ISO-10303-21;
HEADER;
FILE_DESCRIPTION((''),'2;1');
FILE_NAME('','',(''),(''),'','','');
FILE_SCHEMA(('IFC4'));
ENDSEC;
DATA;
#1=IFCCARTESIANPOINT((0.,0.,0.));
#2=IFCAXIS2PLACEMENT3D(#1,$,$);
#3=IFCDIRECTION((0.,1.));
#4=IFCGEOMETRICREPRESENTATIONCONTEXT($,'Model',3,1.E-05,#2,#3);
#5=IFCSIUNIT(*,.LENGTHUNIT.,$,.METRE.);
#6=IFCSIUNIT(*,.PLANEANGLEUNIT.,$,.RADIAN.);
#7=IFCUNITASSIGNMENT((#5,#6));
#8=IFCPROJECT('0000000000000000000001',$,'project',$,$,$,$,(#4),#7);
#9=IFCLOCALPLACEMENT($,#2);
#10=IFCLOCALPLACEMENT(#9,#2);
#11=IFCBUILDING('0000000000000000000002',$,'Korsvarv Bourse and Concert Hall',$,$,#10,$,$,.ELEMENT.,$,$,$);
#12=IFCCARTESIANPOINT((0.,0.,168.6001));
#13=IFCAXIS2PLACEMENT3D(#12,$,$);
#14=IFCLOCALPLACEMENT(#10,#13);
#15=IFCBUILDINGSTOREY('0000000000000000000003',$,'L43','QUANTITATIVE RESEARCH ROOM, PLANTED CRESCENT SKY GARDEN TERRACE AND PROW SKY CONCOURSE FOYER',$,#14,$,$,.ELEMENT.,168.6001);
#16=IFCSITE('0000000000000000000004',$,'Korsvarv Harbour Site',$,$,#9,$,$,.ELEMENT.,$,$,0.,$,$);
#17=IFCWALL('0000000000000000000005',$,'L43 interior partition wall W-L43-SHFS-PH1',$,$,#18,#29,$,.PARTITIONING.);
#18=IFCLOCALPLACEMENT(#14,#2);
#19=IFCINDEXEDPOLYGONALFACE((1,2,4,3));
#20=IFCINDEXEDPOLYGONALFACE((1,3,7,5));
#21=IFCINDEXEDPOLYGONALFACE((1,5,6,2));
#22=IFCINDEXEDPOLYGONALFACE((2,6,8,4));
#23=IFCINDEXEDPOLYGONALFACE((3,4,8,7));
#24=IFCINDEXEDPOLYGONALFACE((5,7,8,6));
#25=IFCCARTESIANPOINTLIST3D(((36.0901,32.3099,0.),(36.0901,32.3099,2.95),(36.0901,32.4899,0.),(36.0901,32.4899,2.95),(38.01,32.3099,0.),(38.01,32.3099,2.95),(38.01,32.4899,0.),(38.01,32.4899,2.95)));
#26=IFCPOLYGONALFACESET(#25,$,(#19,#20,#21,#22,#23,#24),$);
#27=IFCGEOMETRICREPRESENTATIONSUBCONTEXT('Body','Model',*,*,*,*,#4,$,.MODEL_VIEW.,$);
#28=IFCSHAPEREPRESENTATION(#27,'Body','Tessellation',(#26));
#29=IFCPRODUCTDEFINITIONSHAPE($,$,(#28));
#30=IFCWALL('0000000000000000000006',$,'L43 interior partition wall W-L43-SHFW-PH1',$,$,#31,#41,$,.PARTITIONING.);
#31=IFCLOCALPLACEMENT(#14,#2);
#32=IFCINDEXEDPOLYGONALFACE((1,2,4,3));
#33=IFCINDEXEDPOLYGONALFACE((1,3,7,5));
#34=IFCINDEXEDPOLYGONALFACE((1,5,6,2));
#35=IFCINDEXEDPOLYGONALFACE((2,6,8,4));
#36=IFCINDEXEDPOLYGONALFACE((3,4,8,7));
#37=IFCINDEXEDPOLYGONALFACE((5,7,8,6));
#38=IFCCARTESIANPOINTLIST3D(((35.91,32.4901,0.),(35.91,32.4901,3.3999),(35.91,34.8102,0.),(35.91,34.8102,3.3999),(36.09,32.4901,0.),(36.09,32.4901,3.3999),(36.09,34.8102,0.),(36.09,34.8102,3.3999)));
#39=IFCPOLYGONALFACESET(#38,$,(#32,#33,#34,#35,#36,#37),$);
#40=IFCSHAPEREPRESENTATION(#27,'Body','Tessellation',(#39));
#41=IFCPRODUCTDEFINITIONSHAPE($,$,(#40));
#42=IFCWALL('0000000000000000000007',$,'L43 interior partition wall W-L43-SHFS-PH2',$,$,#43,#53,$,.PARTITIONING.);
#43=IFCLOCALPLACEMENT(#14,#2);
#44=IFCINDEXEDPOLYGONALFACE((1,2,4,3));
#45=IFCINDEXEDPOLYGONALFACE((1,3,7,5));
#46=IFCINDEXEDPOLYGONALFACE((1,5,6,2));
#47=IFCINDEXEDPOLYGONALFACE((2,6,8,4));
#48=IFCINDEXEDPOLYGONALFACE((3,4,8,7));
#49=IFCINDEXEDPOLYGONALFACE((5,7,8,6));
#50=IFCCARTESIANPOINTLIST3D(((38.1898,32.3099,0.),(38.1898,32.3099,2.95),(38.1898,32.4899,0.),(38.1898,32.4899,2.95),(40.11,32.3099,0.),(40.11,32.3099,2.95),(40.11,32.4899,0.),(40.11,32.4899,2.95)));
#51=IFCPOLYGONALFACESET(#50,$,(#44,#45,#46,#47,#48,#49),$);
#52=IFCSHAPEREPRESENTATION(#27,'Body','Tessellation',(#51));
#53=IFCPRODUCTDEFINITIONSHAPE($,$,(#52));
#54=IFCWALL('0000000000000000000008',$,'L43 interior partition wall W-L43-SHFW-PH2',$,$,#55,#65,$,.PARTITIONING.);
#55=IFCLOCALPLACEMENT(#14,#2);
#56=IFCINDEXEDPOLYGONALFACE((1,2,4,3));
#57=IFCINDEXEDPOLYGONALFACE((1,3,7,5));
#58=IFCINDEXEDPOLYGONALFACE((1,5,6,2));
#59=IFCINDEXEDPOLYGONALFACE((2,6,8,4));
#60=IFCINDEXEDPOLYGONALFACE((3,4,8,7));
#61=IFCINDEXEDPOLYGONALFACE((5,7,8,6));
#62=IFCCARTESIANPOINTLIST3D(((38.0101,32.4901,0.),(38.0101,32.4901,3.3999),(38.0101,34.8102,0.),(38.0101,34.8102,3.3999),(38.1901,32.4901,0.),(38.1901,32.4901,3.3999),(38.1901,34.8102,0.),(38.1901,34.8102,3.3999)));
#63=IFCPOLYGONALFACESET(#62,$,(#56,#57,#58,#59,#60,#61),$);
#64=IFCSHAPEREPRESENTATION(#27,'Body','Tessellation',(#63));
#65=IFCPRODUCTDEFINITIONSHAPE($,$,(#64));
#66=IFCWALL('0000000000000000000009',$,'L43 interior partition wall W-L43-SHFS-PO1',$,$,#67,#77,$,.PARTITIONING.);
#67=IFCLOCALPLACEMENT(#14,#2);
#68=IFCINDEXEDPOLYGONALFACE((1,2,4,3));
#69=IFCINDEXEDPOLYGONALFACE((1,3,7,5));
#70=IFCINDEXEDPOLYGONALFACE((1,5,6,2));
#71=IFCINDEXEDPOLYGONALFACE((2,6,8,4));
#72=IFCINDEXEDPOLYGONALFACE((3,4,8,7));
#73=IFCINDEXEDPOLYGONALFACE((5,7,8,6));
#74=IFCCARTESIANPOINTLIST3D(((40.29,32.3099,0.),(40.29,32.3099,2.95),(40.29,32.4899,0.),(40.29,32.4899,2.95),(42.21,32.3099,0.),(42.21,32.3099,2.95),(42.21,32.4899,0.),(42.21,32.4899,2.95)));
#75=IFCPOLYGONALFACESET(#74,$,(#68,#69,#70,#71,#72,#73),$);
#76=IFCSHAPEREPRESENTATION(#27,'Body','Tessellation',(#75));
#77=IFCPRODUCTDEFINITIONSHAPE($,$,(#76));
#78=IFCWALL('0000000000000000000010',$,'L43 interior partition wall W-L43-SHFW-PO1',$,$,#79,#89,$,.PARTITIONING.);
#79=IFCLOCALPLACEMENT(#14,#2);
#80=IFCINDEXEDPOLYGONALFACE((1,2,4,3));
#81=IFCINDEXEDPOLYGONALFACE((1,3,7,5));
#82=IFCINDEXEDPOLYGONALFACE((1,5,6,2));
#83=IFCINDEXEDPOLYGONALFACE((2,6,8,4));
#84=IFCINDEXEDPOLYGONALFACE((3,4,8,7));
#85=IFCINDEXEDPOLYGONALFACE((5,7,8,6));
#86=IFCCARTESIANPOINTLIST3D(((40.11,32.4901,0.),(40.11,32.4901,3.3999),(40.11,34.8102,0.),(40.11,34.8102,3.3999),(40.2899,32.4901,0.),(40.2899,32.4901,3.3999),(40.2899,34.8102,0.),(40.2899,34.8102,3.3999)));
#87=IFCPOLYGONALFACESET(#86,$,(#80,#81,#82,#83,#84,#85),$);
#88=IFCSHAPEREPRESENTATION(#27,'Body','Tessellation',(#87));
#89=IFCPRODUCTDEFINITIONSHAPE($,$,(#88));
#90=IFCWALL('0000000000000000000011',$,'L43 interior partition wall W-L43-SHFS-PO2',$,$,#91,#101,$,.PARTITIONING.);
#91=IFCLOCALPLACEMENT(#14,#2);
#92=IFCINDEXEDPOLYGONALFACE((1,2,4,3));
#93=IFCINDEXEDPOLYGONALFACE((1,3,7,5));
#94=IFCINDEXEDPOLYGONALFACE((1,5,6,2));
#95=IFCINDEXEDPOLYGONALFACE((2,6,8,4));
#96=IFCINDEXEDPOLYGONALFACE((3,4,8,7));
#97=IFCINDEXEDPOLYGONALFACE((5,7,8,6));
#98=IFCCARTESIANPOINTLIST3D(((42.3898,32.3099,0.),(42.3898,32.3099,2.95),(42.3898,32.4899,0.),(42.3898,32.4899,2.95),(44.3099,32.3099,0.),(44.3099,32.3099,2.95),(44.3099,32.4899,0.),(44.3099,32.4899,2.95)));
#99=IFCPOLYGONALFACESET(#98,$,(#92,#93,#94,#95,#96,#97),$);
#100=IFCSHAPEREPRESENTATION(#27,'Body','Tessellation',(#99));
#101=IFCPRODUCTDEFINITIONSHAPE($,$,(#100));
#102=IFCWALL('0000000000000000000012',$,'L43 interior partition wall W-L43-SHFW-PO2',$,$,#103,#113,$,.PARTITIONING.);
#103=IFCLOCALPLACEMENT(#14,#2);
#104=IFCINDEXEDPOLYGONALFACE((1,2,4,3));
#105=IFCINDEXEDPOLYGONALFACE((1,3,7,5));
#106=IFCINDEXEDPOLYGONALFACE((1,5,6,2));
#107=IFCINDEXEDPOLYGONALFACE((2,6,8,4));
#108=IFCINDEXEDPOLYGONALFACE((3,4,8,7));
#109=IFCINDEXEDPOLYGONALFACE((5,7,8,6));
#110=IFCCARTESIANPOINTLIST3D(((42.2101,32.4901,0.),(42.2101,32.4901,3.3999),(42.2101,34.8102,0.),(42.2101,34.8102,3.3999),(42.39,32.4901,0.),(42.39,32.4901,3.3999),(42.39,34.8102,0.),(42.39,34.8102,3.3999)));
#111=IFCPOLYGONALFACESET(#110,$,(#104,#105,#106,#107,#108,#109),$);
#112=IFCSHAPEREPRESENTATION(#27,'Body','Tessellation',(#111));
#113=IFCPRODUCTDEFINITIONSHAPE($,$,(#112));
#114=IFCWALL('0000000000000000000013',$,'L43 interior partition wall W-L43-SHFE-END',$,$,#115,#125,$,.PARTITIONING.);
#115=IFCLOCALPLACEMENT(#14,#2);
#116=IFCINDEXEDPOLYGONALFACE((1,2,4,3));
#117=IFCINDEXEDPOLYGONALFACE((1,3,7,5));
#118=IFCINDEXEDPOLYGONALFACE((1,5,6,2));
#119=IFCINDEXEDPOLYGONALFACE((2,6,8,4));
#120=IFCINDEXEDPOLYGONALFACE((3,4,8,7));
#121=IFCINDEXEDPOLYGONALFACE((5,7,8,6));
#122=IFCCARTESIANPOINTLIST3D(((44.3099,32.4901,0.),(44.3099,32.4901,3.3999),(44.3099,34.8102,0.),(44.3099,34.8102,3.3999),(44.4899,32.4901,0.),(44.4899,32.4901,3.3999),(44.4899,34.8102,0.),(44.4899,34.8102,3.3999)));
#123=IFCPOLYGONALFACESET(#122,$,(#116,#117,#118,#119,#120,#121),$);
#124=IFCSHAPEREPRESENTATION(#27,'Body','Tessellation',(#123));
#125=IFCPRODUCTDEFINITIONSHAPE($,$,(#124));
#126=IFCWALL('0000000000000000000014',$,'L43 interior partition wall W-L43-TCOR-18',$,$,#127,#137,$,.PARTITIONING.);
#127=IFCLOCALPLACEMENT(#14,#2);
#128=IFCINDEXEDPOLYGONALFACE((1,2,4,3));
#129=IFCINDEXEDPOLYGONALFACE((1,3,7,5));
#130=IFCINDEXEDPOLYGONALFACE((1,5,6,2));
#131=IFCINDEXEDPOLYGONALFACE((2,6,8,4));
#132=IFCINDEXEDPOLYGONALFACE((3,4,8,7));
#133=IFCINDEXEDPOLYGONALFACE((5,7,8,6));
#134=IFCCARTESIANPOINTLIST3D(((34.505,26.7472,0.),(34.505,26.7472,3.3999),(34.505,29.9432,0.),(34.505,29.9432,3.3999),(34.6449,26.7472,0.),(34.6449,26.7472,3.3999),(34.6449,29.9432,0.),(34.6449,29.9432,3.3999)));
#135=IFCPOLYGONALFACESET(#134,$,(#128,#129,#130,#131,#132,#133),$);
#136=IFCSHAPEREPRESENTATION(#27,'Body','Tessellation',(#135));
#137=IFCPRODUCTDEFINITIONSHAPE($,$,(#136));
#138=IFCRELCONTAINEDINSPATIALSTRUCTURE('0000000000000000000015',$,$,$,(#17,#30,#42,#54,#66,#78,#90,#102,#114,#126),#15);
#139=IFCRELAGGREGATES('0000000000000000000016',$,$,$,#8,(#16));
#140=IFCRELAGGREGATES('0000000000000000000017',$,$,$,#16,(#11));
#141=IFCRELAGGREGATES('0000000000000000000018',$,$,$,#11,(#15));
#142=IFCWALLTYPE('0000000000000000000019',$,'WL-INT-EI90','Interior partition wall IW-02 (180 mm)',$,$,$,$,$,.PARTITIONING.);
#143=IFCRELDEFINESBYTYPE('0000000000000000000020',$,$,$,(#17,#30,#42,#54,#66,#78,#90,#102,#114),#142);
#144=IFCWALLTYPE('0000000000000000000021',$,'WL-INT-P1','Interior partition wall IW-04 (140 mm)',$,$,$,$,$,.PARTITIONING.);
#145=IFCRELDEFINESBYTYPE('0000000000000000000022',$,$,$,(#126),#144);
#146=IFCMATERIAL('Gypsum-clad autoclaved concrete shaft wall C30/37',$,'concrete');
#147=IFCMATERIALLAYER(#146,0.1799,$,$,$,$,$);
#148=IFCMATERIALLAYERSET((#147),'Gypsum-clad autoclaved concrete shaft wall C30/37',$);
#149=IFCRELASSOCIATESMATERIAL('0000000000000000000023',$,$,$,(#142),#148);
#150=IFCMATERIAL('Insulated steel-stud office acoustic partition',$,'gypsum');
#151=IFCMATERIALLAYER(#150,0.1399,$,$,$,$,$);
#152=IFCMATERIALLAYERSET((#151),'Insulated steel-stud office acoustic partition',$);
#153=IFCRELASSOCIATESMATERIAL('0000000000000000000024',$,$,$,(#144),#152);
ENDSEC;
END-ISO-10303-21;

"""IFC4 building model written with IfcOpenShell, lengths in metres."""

from ifc_helpers import new_model, si_unit, direction, frame, frame_2d, origin, place, context, subcontext, project, spatial, rectangle, extrude, material, layer, layer_set, type_object, element, save


model = new_model("IFC4")

# Units and contexts
model_context = context("Model", 3, precision=1e-05, world=origin(), true_north=direction((0.0, 1.0)))
body_context = subcontext(model_context, "Body", "Model", "MODEL_VIEW")
ifc_project = project(units=[si_unit("LENGTHUNIT", "METRE"), si_unit("PLANEANGLEUNIT", "RADIAN")], contexts=[model_context])

# Site, building, storey
site_placement = place(None, origin())
site = spatial("IfcSite", under=ifc_project, at=site_placement, Name="Korsvarv Harbour Site", CompositionType="ELEMENT", RefElevation=0.0)
building_placement = place(site_placement, origin())
building = spatial("IfcBuilding", under=site, at=building_placement, Name="Korsvarv Bourse and Concert Hall", CompositionType="ELEMENT")
storey_placement = place(building_placement, frame((0.0, 0.0, 168.6001)))
storey = spatial("IfcBuildingStorey", under=building, at=storey_placement, Name="L43", Description="QUANTITATIVE RESEARCH ROOM, PLANTED CRESCENT SKY GARDEN TERRACE AND PROW SKY CONCOURSE FOYER", CompositionType="ELEMENT", Elevation=168.6001)

# Walls
ifc_material_1 = material(Name="Gypsum-clad autoclaved concrete shaft wall C30/37", Category="concrete")
ifc_layer_1 = layer(ifc_material_1, 0.1799)
ifc_layer_set_1 = layer_set([ifc_layer_1], Name="Gypsum-clad autoclaved concrete shaft wall C30/37")
wall_type_1 = type_object("IfcWallType", Name="WL-INT-EI90", Description="Interior partition wall IW-02 (180 mm)", PredefinedType="PARTITIONING", material=ifc_layer_set_1)
wall_1_placement = place(storey_placement, frame((36.0901, 32.3999, 0.0), z_axis=(0.0, 0.0, 1.0), x_axis=(1.0, 0.0, 0.0)))
element("IfcWall", 1, at=wall_1_placement, inside=storey, type_object=wall_type_1, Name="L43 interior partition wall W-L43-SHFS-PH1", PredefinedType="PARTITIONING", context=body_context, shape_type="SweptSolid", body=[
    extrude(rectangle(XDim=1.9199, YDim=0.1799, at=frame_2d((0.96, 0.0))), origin(), (0.0, 0.0, 1.0), 2.95),
])
wall_2_placement = place(storey_placement, frame((36.0, 32.49, 0.0), z_axis=(0.0, 0.0, 1.0), x_axis=(0.0, 1.0, 0.0)))
element("IfcWall", 2, at=wall_2_placement, inside=storey, type_object=wall_type_1, Name="L43 interior partition wall W-L43-SHFW-PH1", PredefinedType="PARTITIONING", context=body_context, shape_type="SweptSolid", body=[
    extrude(rectangle(XDim=2.3201, YDim=0.1799, at=frame_2d((1.1602, 0.0))), origin(), (0.0, 0.0, 1.0), 3.3999),
])
wall_3_placement = place(storey_placement, frame((38.1899, 32.3999, 0.0), z_axis=(0.0, 0.0, 1.0), x_axis=(1.0, 0.0, 0.0)))
element("IfcWall", 3, at=wall_3_placement, inside=storey, type_object=wall_type_1, Name="L43 interior partition wall W-L43-SHFS-PH2", PredefinedType="PARTITIONING", context=body_context, shape_type="SweptSolid", body=[
    extrude(rectangle(XDim=1.9202, YDim=0.1799, at=frame_2d((0.96, 0.0))), origin(), (0.0, 0.0, 1.0), 2.95),
])
wall_4_placement = place(storey_placement, frame((38.1001, 32.49, 0.0), z_axis=(0.0, 0.0, 1.0), x_axis=(0.0, 1.0, 0.0)))
element("IfcWall", 4, at=wall_4_placement, inside=storey, type_object=wall_type_1, Name="L43 interior partition wall W-L43-SHFW-PH2", PredefinedType="PARTITIONING", context=body_context, shape_type="SweptSolid", body=[
    extrude(rectangle(XDim=2.3201, YDim=0.1799, at=frame_2d((1.1602, 0.0))), origin(), (0.0, 0.0, 1.0), 3.3999),
])
wall_5_placement = place(storey_placement, frame((40.29, 32.3999, 0.0), z_axis=(0.0, 0.0, 1.0), x_axis=(1.0, 0.0, 0.0)))
element("IfcWall", 5, at=wall_5_placement, inside=storey, type_object=wall_type_1, Name="L43 interior partition wall W-L43-SHFS-PO1", PredefinedType="PARTITIONING", context=body_context, shape_type="SweptSolid", body=[
    extrude(rectangle(XDim=1.9199, YDim=0.1799, at=frame_2d((0.96, 0.0))), origin(), (0.0, 0.0, 1.0), 2.95),
])
wall_6_placement = place(storey_placement, frame((40.2, 32.49, 0.0), z_axis=(0.0, 0.0, 1.0), x_axis=(0.0, 1.0, 0.0)))
element("IfcWall", 6, at=wall_6_placement, inside=storey, type_object=wall_type_1, Name="L43 interior partition wall W-L43-SHFW-PO1", PredefinedType="PARTITIONING", context=body_context, shape_type="SweptSolid", body=[
    extrude(rectangle(XDim=2.3201, YDim=0.1799, at=frame_2d((1.1602, 0.0))), origin(), (0.0, 0.0, 1.0), 3.3999),
])
wall_7_placement = place(storey_placement, frame((42.3899, 32.3999, 0.0), z_axis=(0.0, 0.0, 1.0), x_axis=(1.0, 0.0, 0.0)))
element("IfcWall", 7, at=wall_7_placement, inside=storey, type_object=wall_type_1, Name="L43 interior partition wall W-L43-SHFS-PO2", PredefinedType="PARTITIONING", context=body_context, shape_type="SweptSolid", body=[
    extrude(rectangle(XDim=1.9202, YDim=0.1799, at=frame_2d((0.96, 0.0))), origin(), (0.0, 0.0, 1.0), 2.95),
])
for number, where, z_axis, x_axis, name in (
    (8, (42.3, 32.49, 0.0), (0.0, 0.0, 1.0), (0.0, 1.0, 0.0), "L43 interior partition wall W-L43-SHFW-PO2"),
    (9, (44.3999, 32.49, 0.0), (0.0, 0.0, 1.0), (0.0, 1.0, 0.0), "L43 interior partition wall W-L43-SHFE-END"),
):
    element("IfcWall", number, at=place(storey_placement, frame(where, z_axis=z_axis, x_axis=x_axis)), inside=storey, type_object=wall_type_1, Name=name, PredefinedType="PARTITIONING", context=body_context, shape_type="SweptSolid", body=[
        extrude(rectangle(XDim=2.3201, YDim=0.1799, at=frame_2d((1.1602, 0.0))), origin(), (0.0, 0.0, 1.0), 3.3999),
    ])
ifc_material_2 = material(Name="Insulated steel-stud office acoustic partition", Category="gypsum")
ifc_layer_2 = layer(ifc_material_2, 0.1399)
ifc_layer_set_2 = layer_set([ifc_layer_2], Name="Insulated steel-stud office acoustic partition")
wall_type_2 = type_object("IfcWallType", Name="WL-INT-P1", Description="Interior partition wall IW-04 (140 mm)", PredefinedType="PARTITIONING", material=ifc_layer_set_2)
wall_8_placement = place(storey_placement, frame((34.575, 26.7471, 0.0), z_axis=(0.0, 0.0, 1.0), x_axis=(0.0, 1.0, 0.0)))
element("IfcWall", 10, at=wall_8_placement, inside=storey, type_object=wall_type_2, Name="L43 interior partition wall W-L43-TCOR-18", PredefinedType="PARTITIONING", context=body_context, shape_type="SweptSolid", body=[
    extrude(rectangle(XDim=3.196, YDim=0.1399, at=frame_2d((1.5981, 0.0))), origin(), (0.0, 0.0, 1.0), 3.3999),
])

save(model, "model.ifc")
